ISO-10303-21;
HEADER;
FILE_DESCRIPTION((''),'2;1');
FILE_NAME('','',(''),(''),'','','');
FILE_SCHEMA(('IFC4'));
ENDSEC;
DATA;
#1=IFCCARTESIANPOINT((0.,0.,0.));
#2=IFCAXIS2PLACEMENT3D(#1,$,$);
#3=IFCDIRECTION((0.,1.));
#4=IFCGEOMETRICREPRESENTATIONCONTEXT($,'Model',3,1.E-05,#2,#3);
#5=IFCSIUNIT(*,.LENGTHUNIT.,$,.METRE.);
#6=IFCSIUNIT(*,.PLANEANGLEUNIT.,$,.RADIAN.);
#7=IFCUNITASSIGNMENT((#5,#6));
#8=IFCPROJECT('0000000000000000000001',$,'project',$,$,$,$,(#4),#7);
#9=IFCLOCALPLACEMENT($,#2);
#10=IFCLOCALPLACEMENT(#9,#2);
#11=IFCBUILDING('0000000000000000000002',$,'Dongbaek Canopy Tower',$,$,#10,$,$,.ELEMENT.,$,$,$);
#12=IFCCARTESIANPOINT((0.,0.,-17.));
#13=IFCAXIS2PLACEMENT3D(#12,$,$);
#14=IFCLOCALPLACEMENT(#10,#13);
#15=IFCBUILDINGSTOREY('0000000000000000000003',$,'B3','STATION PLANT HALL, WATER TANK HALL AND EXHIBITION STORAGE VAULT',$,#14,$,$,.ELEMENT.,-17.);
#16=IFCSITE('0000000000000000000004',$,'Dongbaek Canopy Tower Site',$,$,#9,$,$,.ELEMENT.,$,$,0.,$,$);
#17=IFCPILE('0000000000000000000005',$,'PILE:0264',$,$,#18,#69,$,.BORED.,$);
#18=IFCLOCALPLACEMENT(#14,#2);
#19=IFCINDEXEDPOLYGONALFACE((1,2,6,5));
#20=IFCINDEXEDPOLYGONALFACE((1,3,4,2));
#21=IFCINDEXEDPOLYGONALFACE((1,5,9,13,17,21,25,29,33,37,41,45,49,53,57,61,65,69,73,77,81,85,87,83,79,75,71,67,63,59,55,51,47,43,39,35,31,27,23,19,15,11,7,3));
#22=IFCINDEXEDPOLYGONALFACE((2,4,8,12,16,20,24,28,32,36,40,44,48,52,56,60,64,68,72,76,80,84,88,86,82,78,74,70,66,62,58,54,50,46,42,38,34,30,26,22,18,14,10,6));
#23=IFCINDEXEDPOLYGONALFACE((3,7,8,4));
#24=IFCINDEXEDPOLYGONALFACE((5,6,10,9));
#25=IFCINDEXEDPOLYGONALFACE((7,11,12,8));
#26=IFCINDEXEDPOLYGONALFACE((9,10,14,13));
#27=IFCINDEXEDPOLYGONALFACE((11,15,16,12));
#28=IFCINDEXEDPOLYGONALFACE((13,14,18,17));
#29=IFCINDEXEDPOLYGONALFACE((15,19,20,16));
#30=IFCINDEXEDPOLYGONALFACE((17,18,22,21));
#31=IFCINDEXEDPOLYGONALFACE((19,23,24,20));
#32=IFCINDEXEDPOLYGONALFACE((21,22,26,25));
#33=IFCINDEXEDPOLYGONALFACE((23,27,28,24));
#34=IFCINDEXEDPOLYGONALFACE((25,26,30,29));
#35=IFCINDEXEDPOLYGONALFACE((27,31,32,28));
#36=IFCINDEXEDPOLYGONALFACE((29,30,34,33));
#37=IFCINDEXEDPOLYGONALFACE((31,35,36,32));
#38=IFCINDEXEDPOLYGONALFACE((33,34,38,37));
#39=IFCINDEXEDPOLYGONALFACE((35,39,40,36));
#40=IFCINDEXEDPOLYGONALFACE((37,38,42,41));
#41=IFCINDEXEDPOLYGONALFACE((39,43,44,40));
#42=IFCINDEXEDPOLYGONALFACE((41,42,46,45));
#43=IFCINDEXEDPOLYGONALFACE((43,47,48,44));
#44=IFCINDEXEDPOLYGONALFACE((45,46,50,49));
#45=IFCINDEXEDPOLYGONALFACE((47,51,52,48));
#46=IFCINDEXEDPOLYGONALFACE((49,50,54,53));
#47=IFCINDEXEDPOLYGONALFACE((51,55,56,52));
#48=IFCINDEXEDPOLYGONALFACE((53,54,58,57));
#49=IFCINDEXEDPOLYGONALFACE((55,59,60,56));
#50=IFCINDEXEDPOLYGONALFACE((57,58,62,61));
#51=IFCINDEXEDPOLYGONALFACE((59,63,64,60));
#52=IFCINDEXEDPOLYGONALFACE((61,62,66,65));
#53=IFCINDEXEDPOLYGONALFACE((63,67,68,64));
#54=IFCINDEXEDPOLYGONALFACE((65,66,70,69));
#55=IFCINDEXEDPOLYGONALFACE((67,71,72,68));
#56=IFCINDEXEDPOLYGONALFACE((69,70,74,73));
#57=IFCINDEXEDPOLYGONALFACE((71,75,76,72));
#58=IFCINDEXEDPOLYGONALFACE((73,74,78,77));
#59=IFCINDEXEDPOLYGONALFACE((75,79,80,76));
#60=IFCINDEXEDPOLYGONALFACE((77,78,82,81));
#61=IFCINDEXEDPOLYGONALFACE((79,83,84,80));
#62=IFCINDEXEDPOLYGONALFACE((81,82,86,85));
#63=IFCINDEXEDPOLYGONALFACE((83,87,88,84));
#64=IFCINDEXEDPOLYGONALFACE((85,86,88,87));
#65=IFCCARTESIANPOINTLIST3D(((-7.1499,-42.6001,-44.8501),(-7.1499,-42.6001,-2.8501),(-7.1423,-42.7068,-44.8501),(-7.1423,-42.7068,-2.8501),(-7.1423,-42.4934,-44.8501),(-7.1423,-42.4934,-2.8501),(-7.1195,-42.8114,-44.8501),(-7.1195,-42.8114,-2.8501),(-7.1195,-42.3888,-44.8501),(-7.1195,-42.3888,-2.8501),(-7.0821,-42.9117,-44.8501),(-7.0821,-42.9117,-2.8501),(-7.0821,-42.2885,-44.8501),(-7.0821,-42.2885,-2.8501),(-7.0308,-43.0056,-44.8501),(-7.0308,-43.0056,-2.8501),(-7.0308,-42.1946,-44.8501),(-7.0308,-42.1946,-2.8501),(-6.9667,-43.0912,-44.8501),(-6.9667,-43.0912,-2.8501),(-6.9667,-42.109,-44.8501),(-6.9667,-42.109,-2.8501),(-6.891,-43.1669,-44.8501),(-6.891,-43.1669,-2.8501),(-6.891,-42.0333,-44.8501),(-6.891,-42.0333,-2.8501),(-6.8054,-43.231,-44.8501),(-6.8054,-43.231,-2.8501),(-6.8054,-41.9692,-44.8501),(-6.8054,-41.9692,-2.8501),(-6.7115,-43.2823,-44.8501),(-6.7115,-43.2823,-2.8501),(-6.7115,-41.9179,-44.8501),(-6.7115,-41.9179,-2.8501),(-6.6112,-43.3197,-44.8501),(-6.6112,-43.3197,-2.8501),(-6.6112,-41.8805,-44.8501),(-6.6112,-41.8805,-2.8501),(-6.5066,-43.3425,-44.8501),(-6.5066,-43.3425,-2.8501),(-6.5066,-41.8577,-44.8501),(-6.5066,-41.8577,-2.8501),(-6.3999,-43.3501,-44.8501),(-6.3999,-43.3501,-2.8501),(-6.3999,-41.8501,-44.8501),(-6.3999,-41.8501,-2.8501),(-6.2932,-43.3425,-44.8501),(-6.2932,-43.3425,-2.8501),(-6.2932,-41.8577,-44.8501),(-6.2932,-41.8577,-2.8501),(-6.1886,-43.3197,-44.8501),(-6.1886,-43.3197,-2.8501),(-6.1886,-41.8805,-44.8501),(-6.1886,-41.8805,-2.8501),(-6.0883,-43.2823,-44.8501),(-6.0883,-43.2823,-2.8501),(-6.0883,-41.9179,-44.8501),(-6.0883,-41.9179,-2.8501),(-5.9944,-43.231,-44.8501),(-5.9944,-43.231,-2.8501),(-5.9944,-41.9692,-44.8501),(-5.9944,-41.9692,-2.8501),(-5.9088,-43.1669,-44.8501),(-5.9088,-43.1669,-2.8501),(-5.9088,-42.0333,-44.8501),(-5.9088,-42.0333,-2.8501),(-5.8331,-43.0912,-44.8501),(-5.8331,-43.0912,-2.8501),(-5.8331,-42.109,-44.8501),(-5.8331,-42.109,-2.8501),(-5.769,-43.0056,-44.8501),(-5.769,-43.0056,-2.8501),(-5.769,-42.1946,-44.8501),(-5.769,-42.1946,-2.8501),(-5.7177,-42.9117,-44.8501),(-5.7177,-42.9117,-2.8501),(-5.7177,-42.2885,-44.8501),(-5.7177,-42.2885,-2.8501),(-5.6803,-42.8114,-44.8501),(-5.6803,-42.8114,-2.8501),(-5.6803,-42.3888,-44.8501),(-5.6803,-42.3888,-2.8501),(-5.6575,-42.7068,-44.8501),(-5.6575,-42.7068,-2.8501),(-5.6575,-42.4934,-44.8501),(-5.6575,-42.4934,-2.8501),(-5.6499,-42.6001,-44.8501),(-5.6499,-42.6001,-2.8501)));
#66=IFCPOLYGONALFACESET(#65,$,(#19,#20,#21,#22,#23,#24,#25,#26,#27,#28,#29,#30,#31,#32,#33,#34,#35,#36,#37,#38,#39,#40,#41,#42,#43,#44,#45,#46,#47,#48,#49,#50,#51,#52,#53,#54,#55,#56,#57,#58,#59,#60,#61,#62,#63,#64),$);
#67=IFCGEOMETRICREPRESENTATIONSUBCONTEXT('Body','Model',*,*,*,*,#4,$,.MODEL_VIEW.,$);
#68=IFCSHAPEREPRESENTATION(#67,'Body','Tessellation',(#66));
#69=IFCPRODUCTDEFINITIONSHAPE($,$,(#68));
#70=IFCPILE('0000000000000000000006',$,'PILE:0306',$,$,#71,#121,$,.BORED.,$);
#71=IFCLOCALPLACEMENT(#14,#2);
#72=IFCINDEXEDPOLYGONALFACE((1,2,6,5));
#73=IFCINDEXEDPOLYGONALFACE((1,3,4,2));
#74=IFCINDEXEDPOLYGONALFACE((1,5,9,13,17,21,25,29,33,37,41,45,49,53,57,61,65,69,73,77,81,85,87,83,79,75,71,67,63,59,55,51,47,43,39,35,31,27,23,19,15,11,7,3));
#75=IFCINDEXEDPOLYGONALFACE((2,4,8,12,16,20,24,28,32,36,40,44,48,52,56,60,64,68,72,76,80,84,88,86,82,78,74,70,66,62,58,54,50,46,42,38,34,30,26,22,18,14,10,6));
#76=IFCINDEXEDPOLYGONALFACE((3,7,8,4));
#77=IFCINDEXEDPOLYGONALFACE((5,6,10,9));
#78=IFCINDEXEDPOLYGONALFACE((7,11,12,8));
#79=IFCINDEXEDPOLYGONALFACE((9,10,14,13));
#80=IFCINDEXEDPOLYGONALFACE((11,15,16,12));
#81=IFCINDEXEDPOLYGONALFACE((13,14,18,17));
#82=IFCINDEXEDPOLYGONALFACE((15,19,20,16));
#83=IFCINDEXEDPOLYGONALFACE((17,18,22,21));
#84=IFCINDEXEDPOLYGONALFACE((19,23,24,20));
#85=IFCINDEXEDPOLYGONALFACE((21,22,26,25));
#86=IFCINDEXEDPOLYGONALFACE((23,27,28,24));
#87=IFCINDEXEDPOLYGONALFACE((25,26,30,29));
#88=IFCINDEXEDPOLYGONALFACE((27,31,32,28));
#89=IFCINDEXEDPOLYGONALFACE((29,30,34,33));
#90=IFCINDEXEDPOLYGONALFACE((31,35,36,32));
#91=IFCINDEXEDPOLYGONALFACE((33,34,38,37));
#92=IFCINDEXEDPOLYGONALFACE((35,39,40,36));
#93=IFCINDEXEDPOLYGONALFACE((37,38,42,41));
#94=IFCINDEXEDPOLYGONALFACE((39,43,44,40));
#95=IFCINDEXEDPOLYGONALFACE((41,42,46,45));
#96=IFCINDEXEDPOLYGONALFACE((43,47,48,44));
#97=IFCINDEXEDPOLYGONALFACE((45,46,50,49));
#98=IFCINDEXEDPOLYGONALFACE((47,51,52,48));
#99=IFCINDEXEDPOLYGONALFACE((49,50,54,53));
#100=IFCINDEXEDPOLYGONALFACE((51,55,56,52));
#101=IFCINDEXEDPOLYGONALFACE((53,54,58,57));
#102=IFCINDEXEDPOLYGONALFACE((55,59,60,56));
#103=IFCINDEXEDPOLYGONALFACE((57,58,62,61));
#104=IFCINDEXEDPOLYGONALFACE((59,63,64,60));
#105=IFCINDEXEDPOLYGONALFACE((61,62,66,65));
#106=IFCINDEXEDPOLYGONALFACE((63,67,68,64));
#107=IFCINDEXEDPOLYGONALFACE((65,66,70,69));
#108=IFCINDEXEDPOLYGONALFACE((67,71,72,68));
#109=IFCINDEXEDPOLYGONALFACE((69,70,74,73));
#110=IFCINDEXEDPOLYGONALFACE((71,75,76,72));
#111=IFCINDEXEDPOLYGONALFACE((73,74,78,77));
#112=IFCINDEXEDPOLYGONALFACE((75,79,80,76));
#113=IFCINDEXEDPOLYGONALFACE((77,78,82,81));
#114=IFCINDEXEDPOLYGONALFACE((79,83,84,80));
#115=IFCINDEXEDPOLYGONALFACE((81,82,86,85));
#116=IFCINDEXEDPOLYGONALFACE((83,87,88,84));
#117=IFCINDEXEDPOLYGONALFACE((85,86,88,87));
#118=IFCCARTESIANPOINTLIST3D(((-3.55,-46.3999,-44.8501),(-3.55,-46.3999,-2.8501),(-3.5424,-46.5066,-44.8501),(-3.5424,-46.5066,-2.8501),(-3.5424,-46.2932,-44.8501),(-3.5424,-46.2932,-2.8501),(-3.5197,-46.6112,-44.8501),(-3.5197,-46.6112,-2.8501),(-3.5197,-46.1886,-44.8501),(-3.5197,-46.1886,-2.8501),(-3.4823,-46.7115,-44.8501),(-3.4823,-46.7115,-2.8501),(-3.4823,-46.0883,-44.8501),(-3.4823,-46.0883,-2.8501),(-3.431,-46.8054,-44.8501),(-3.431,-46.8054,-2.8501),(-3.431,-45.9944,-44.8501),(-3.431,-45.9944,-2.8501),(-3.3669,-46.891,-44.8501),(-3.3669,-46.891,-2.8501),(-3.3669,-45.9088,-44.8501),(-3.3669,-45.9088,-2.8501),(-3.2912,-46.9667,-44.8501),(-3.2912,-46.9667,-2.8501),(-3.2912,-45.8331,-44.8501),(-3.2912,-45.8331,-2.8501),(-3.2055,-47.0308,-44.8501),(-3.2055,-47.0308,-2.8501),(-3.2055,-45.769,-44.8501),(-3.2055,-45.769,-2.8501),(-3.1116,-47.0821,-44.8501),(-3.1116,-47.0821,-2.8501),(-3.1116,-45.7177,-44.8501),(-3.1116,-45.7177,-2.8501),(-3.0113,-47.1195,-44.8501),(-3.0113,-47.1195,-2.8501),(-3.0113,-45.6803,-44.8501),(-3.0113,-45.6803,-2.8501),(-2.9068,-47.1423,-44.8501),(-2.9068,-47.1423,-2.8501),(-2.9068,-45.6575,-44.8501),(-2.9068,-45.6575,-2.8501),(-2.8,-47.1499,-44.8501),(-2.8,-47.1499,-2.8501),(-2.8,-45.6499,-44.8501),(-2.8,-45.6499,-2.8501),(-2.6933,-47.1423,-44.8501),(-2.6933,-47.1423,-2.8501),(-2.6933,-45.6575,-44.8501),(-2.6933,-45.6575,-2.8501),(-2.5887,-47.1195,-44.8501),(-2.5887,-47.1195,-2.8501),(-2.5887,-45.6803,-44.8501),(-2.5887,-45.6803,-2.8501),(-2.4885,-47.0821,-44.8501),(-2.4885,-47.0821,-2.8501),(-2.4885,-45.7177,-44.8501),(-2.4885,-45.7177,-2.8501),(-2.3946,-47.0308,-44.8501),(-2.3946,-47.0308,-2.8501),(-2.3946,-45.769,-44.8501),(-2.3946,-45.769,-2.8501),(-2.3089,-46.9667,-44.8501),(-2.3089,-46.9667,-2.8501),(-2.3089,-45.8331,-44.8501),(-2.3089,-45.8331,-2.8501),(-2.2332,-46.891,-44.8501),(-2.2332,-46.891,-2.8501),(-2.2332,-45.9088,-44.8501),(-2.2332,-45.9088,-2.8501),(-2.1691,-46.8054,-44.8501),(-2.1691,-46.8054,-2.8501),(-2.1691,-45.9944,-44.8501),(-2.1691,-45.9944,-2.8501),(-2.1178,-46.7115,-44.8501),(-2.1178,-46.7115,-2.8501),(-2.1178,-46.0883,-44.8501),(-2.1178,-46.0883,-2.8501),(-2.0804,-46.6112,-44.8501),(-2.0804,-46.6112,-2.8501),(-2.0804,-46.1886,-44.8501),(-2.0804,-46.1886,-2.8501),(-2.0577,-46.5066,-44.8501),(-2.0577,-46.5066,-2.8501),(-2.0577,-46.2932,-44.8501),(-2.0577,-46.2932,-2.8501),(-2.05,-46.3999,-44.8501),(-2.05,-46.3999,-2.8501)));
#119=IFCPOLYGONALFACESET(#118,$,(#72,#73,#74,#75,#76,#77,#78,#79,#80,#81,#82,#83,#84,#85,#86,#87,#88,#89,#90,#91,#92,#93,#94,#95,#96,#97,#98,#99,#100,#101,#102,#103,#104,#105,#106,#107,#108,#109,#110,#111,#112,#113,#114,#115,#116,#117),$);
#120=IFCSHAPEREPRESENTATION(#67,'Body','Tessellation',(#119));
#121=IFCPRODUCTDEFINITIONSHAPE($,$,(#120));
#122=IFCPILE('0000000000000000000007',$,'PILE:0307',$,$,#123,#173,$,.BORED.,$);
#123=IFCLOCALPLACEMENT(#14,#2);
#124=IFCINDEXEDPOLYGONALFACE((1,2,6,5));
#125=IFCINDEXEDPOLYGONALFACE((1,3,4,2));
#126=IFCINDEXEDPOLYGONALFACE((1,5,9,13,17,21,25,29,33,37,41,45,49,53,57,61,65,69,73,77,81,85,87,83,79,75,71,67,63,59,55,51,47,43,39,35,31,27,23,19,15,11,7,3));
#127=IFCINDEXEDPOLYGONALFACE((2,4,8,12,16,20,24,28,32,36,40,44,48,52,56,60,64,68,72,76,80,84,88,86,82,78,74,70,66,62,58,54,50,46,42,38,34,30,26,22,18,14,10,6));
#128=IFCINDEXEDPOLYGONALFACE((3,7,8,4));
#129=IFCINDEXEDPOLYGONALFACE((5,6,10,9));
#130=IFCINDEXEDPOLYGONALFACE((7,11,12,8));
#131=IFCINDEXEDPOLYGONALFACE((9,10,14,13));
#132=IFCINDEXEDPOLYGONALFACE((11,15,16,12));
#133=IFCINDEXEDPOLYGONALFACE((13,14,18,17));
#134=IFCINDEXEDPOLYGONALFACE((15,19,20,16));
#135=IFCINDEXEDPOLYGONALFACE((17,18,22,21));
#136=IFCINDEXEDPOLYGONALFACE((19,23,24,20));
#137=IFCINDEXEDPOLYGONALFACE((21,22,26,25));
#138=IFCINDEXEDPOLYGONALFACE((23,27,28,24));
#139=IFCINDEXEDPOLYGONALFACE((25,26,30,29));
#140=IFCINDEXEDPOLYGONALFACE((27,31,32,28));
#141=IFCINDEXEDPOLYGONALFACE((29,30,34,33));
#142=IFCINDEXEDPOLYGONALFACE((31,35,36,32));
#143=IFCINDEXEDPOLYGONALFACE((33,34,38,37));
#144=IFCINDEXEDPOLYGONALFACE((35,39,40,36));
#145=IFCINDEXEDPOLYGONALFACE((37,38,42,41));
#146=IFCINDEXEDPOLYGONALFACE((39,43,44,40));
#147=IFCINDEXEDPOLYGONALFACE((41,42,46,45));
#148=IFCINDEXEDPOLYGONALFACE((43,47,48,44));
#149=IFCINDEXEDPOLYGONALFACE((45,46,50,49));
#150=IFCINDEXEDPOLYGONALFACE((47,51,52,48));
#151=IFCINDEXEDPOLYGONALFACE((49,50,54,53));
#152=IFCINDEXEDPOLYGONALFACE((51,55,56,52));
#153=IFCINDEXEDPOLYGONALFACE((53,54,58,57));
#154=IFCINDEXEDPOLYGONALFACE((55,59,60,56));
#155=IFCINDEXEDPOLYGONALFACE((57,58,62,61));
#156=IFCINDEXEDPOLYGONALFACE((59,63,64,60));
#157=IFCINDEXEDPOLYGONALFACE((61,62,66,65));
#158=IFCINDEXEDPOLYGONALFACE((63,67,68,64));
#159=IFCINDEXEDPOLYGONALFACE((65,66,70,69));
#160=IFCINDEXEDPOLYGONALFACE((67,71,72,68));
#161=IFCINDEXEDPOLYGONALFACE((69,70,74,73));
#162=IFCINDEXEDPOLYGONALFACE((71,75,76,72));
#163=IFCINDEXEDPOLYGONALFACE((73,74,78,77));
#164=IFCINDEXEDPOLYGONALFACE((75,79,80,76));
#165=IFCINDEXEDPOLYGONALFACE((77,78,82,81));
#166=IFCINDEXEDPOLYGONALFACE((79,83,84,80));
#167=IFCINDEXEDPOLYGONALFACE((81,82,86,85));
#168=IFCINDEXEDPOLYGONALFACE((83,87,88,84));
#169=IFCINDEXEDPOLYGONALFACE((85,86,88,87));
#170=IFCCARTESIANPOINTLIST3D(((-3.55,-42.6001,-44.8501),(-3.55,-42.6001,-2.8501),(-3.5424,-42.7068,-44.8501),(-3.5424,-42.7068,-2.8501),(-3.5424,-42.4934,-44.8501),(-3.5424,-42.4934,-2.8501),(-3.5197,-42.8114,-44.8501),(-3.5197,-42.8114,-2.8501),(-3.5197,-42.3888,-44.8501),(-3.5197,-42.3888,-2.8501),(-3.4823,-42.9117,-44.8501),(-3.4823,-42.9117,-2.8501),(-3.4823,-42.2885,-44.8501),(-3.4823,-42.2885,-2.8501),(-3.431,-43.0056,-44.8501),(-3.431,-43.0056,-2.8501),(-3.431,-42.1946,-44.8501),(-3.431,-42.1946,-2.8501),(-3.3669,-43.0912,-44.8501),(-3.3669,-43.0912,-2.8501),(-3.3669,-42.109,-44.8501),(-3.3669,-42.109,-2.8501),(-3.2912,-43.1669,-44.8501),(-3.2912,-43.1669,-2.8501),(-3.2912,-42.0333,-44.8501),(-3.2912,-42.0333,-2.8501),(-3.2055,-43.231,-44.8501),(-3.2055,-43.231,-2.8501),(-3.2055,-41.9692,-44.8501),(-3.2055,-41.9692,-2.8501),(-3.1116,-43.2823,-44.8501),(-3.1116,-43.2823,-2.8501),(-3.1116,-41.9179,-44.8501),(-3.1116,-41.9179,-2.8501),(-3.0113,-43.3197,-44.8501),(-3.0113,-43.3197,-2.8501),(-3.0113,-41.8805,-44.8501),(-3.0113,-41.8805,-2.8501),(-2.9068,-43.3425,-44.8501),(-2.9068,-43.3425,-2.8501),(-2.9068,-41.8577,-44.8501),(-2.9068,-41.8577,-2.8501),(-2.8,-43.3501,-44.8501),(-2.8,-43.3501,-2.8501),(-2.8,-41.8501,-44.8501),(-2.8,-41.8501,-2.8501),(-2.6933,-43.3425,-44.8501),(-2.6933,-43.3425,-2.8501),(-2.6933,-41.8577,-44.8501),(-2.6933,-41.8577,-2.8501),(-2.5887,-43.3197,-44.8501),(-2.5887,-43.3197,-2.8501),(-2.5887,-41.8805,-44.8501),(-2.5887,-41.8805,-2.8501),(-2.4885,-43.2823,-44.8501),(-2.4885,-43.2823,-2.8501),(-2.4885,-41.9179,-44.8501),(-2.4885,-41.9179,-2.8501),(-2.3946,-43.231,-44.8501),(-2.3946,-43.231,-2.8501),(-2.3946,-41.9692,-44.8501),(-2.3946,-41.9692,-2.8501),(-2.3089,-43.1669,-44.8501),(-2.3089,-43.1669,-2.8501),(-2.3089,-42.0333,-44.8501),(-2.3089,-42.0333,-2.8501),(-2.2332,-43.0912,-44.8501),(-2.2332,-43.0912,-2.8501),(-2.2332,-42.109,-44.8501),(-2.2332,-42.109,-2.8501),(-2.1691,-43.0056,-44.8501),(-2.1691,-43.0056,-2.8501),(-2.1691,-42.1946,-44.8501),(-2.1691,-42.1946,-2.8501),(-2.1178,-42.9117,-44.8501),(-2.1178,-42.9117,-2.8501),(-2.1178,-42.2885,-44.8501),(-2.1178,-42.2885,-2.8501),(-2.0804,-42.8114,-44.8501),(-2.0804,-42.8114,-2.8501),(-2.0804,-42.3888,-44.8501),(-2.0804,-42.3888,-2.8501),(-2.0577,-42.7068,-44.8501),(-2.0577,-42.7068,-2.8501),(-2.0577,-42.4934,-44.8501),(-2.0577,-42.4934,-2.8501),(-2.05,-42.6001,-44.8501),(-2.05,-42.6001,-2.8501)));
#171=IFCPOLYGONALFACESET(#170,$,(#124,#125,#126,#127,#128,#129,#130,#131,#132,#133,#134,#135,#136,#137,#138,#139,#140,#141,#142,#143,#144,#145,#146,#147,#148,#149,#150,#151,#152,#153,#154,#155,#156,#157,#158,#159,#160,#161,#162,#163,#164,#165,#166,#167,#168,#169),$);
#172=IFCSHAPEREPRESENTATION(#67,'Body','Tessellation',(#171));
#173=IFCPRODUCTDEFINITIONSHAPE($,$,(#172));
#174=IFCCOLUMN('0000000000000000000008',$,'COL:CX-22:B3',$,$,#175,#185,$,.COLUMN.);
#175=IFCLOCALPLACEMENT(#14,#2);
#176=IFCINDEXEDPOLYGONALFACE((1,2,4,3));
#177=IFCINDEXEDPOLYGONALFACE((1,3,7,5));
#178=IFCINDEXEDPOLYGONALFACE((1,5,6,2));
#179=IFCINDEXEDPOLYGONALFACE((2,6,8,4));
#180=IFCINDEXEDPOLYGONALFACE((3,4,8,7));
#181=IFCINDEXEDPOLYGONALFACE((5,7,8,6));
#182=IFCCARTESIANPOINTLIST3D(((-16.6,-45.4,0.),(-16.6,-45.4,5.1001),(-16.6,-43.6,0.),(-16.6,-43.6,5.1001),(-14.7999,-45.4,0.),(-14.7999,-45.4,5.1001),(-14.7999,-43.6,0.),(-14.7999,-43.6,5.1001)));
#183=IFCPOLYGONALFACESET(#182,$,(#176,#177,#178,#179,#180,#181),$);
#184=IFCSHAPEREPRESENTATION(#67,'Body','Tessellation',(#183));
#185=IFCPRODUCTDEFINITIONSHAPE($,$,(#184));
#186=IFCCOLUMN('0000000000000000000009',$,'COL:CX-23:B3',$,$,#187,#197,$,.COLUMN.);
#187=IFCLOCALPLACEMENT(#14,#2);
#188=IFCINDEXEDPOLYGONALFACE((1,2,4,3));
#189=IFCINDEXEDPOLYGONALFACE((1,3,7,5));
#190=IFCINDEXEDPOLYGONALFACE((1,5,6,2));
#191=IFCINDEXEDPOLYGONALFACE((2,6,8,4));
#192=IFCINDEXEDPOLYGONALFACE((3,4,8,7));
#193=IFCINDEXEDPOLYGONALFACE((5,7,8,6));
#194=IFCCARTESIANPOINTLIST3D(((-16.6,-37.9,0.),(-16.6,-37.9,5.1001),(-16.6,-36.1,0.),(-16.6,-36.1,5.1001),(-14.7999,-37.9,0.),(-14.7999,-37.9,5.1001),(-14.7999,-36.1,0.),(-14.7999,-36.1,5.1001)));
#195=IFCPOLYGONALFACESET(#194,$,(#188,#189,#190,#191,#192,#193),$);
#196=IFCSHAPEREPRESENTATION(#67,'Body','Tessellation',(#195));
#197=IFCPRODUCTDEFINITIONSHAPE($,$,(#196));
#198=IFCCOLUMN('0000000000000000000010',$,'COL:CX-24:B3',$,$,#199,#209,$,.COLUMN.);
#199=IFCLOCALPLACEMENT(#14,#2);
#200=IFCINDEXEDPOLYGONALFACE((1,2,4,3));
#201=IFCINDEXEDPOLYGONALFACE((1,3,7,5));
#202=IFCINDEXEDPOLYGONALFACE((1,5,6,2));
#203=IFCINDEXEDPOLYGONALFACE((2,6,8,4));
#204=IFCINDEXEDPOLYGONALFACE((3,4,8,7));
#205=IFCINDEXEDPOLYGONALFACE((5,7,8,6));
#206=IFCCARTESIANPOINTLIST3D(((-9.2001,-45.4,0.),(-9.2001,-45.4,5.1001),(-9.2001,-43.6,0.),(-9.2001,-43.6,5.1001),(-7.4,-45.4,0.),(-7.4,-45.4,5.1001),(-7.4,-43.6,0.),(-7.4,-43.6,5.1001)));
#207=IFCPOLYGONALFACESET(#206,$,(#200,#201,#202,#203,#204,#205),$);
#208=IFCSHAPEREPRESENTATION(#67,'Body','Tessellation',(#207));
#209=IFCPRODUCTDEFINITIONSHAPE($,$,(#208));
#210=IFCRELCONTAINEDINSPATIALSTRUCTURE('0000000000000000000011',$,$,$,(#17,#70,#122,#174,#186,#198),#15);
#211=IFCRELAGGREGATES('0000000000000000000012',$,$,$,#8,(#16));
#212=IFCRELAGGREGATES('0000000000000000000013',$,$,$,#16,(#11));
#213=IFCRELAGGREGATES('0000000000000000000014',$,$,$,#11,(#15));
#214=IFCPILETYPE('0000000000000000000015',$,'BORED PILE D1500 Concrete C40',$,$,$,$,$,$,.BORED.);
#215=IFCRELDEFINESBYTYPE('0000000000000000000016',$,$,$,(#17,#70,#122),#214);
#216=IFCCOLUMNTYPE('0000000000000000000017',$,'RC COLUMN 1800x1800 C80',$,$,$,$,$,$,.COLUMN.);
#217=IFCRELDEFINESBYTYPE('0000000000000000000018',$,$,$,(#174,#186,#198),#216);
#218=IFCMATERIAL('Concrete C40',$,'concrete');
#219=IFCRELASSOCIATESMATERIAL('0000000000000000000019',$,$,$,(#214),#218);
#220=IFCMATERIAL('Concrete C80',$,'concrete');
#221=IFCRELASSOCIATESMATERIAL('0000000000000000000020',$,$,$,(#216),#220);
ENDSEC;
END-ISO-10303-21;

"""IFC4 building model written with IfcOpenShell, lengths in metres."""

from ifc_helpers import new_model, si_unit, direction, frame, origin, origin_2d, place, context, subcontext, project, spatial, rectangle, circle, extrude, material, material_profile, profile_set, type_object, element, save


model = new_model("IFC4")

# Units and contexts
model_context = context("Model", 3, precision=1e-05, world=origin(), true_north=direction((0.0, 1.0)))
body_context = subcontext(model_context, "Body", "Model", "MODEL_VIEW")
ifc_project = project(units=[si_unit("LENGTHUNIT", "METRE"), si_unit("PLANEANGLEUNIT", "RADIAN")], contexts=[model_context])

# Site, building, storey
site_placement = place(None, origin())
site = spatial("IfcSite", under=ifc_project, at=site_placement, Name="Dongbaek Canopy Tower Site", CompositionType="ELEMENT", RefElevation=0.0)
building_placement = place(site_placement, origin())
building = spatial("IfcBuilding", under=site, at=building_placement, Name="Dongbaek Canopy Tower", CompositionType="ELEMENT")
storey_placement = place(building_placement, frame((0.0, 0.0, -17.0)))
storey = spatial("IfcBuildingStorey", under=building, at=storey_placement, Name="B3", Description="STATION PLANT HALL, WATER TANK HALL AND EXHIBITION STORAGE VAULT", CompositionType="ELEMENT", Elevation=-17.0)

# Piles
ifc_material_1 = material(Name="Concrete C40", Category="concrete")
ifc_material_profile_1 = material_profile(ifc_material_1, circle(Radius=0.75, at=origin_2d()), Name="BORED PILE D1500 Concrete C40")
ifc_profile_set_1 = profile_set([ifc_material_profile_1], Name="Concrete C40")
pile_type = type_object("IfcPileType", Name="BORED PILE D1500 Concrete C40", PredefinedType="BORED", material=ifc_profile_set_1)
for number, where, z_axis, x_axis, name in (
    (1, (-6.3999, -42.6001, -2.8501), (0.0, 0.0, -1.0), (1.0, 0.0, 0.0), "PILE:0264"),
    (2, (-2.8, -46.3999, -2.8501), (0.0, 0.0, -1.0), (1.0, 0.0, 0.0), "PILE:0306"),
    (3, (-2.8, -42.6001, -2.8501), (0.0, 0.0, -1.0), (1.0, 0.0, 0.0), "PILE:0307"),
):
    element("IfcPile", number, at=place(storey_placement, frame(where, z_axis=z_axis, x_axis=x_axis)), inside=storey, type_object=pile_type, Name=name, PredefinedType="BORED", context=body_context, shape_type="SweptSolid", body=[
        extrude(circle(Radius=0.75, at=origin_2d()), origin(), (0.0, 0.0, 1.0), 42.0),
    ])

# Columns
ifc_material_2 = material(Name="Concrete C80", Category="concrete")
ifc_material_profile_2 = material_profile(ifc_material_2, rectangle(XDim=1.8, YDim=1.8, at=origin_2d()), Name="RC COLUMN 1800x1800 C80")
ifc_profile_set_2 = profile_set([ifc_material_profile_2], Name="Concrete C80")
column_type = type_object("IfcColumnType", Name="RC COLUMN 1800x1800 C80", PredefinedType="COLUMN", material=ifc_profile_set_2)
for number, where, z_axis, x_axis, name in (
    (4, (-15.7, -44.5, 0.0), (0.0, 0.0, 1.0), (1.0, 0.0, 0.0), "COL:CX-22:B3"),
    (5, (-15.7, -37.0, 0.0), (0.0, 0.0, 1.0), (1.0, 0.0, 0.0), "COL:CX-23:B3"),
    (6, (-8.3, -44.5, 0.0), (0.0, 0.0, 1.0), (1.0, 0.0, 0.0), "COL:CX-24:B3"),
):
    element("IfcColumn", number, at=place(storey_placement, frame(where, z_axis=z_axis, x_axis=x_axis)), inside=storey, type_object=column_type, Name=name, PredefinedType="COLUMN", context=body_context, shape_type="SweptSolid", body=[
        extrude(rectangle(XDim=1.8, YDim=1.8, at=origin_2d()), origin(), (0.0, 0.0, 1.0), 5.1001),
    ])

save(model, "model.ifc")
